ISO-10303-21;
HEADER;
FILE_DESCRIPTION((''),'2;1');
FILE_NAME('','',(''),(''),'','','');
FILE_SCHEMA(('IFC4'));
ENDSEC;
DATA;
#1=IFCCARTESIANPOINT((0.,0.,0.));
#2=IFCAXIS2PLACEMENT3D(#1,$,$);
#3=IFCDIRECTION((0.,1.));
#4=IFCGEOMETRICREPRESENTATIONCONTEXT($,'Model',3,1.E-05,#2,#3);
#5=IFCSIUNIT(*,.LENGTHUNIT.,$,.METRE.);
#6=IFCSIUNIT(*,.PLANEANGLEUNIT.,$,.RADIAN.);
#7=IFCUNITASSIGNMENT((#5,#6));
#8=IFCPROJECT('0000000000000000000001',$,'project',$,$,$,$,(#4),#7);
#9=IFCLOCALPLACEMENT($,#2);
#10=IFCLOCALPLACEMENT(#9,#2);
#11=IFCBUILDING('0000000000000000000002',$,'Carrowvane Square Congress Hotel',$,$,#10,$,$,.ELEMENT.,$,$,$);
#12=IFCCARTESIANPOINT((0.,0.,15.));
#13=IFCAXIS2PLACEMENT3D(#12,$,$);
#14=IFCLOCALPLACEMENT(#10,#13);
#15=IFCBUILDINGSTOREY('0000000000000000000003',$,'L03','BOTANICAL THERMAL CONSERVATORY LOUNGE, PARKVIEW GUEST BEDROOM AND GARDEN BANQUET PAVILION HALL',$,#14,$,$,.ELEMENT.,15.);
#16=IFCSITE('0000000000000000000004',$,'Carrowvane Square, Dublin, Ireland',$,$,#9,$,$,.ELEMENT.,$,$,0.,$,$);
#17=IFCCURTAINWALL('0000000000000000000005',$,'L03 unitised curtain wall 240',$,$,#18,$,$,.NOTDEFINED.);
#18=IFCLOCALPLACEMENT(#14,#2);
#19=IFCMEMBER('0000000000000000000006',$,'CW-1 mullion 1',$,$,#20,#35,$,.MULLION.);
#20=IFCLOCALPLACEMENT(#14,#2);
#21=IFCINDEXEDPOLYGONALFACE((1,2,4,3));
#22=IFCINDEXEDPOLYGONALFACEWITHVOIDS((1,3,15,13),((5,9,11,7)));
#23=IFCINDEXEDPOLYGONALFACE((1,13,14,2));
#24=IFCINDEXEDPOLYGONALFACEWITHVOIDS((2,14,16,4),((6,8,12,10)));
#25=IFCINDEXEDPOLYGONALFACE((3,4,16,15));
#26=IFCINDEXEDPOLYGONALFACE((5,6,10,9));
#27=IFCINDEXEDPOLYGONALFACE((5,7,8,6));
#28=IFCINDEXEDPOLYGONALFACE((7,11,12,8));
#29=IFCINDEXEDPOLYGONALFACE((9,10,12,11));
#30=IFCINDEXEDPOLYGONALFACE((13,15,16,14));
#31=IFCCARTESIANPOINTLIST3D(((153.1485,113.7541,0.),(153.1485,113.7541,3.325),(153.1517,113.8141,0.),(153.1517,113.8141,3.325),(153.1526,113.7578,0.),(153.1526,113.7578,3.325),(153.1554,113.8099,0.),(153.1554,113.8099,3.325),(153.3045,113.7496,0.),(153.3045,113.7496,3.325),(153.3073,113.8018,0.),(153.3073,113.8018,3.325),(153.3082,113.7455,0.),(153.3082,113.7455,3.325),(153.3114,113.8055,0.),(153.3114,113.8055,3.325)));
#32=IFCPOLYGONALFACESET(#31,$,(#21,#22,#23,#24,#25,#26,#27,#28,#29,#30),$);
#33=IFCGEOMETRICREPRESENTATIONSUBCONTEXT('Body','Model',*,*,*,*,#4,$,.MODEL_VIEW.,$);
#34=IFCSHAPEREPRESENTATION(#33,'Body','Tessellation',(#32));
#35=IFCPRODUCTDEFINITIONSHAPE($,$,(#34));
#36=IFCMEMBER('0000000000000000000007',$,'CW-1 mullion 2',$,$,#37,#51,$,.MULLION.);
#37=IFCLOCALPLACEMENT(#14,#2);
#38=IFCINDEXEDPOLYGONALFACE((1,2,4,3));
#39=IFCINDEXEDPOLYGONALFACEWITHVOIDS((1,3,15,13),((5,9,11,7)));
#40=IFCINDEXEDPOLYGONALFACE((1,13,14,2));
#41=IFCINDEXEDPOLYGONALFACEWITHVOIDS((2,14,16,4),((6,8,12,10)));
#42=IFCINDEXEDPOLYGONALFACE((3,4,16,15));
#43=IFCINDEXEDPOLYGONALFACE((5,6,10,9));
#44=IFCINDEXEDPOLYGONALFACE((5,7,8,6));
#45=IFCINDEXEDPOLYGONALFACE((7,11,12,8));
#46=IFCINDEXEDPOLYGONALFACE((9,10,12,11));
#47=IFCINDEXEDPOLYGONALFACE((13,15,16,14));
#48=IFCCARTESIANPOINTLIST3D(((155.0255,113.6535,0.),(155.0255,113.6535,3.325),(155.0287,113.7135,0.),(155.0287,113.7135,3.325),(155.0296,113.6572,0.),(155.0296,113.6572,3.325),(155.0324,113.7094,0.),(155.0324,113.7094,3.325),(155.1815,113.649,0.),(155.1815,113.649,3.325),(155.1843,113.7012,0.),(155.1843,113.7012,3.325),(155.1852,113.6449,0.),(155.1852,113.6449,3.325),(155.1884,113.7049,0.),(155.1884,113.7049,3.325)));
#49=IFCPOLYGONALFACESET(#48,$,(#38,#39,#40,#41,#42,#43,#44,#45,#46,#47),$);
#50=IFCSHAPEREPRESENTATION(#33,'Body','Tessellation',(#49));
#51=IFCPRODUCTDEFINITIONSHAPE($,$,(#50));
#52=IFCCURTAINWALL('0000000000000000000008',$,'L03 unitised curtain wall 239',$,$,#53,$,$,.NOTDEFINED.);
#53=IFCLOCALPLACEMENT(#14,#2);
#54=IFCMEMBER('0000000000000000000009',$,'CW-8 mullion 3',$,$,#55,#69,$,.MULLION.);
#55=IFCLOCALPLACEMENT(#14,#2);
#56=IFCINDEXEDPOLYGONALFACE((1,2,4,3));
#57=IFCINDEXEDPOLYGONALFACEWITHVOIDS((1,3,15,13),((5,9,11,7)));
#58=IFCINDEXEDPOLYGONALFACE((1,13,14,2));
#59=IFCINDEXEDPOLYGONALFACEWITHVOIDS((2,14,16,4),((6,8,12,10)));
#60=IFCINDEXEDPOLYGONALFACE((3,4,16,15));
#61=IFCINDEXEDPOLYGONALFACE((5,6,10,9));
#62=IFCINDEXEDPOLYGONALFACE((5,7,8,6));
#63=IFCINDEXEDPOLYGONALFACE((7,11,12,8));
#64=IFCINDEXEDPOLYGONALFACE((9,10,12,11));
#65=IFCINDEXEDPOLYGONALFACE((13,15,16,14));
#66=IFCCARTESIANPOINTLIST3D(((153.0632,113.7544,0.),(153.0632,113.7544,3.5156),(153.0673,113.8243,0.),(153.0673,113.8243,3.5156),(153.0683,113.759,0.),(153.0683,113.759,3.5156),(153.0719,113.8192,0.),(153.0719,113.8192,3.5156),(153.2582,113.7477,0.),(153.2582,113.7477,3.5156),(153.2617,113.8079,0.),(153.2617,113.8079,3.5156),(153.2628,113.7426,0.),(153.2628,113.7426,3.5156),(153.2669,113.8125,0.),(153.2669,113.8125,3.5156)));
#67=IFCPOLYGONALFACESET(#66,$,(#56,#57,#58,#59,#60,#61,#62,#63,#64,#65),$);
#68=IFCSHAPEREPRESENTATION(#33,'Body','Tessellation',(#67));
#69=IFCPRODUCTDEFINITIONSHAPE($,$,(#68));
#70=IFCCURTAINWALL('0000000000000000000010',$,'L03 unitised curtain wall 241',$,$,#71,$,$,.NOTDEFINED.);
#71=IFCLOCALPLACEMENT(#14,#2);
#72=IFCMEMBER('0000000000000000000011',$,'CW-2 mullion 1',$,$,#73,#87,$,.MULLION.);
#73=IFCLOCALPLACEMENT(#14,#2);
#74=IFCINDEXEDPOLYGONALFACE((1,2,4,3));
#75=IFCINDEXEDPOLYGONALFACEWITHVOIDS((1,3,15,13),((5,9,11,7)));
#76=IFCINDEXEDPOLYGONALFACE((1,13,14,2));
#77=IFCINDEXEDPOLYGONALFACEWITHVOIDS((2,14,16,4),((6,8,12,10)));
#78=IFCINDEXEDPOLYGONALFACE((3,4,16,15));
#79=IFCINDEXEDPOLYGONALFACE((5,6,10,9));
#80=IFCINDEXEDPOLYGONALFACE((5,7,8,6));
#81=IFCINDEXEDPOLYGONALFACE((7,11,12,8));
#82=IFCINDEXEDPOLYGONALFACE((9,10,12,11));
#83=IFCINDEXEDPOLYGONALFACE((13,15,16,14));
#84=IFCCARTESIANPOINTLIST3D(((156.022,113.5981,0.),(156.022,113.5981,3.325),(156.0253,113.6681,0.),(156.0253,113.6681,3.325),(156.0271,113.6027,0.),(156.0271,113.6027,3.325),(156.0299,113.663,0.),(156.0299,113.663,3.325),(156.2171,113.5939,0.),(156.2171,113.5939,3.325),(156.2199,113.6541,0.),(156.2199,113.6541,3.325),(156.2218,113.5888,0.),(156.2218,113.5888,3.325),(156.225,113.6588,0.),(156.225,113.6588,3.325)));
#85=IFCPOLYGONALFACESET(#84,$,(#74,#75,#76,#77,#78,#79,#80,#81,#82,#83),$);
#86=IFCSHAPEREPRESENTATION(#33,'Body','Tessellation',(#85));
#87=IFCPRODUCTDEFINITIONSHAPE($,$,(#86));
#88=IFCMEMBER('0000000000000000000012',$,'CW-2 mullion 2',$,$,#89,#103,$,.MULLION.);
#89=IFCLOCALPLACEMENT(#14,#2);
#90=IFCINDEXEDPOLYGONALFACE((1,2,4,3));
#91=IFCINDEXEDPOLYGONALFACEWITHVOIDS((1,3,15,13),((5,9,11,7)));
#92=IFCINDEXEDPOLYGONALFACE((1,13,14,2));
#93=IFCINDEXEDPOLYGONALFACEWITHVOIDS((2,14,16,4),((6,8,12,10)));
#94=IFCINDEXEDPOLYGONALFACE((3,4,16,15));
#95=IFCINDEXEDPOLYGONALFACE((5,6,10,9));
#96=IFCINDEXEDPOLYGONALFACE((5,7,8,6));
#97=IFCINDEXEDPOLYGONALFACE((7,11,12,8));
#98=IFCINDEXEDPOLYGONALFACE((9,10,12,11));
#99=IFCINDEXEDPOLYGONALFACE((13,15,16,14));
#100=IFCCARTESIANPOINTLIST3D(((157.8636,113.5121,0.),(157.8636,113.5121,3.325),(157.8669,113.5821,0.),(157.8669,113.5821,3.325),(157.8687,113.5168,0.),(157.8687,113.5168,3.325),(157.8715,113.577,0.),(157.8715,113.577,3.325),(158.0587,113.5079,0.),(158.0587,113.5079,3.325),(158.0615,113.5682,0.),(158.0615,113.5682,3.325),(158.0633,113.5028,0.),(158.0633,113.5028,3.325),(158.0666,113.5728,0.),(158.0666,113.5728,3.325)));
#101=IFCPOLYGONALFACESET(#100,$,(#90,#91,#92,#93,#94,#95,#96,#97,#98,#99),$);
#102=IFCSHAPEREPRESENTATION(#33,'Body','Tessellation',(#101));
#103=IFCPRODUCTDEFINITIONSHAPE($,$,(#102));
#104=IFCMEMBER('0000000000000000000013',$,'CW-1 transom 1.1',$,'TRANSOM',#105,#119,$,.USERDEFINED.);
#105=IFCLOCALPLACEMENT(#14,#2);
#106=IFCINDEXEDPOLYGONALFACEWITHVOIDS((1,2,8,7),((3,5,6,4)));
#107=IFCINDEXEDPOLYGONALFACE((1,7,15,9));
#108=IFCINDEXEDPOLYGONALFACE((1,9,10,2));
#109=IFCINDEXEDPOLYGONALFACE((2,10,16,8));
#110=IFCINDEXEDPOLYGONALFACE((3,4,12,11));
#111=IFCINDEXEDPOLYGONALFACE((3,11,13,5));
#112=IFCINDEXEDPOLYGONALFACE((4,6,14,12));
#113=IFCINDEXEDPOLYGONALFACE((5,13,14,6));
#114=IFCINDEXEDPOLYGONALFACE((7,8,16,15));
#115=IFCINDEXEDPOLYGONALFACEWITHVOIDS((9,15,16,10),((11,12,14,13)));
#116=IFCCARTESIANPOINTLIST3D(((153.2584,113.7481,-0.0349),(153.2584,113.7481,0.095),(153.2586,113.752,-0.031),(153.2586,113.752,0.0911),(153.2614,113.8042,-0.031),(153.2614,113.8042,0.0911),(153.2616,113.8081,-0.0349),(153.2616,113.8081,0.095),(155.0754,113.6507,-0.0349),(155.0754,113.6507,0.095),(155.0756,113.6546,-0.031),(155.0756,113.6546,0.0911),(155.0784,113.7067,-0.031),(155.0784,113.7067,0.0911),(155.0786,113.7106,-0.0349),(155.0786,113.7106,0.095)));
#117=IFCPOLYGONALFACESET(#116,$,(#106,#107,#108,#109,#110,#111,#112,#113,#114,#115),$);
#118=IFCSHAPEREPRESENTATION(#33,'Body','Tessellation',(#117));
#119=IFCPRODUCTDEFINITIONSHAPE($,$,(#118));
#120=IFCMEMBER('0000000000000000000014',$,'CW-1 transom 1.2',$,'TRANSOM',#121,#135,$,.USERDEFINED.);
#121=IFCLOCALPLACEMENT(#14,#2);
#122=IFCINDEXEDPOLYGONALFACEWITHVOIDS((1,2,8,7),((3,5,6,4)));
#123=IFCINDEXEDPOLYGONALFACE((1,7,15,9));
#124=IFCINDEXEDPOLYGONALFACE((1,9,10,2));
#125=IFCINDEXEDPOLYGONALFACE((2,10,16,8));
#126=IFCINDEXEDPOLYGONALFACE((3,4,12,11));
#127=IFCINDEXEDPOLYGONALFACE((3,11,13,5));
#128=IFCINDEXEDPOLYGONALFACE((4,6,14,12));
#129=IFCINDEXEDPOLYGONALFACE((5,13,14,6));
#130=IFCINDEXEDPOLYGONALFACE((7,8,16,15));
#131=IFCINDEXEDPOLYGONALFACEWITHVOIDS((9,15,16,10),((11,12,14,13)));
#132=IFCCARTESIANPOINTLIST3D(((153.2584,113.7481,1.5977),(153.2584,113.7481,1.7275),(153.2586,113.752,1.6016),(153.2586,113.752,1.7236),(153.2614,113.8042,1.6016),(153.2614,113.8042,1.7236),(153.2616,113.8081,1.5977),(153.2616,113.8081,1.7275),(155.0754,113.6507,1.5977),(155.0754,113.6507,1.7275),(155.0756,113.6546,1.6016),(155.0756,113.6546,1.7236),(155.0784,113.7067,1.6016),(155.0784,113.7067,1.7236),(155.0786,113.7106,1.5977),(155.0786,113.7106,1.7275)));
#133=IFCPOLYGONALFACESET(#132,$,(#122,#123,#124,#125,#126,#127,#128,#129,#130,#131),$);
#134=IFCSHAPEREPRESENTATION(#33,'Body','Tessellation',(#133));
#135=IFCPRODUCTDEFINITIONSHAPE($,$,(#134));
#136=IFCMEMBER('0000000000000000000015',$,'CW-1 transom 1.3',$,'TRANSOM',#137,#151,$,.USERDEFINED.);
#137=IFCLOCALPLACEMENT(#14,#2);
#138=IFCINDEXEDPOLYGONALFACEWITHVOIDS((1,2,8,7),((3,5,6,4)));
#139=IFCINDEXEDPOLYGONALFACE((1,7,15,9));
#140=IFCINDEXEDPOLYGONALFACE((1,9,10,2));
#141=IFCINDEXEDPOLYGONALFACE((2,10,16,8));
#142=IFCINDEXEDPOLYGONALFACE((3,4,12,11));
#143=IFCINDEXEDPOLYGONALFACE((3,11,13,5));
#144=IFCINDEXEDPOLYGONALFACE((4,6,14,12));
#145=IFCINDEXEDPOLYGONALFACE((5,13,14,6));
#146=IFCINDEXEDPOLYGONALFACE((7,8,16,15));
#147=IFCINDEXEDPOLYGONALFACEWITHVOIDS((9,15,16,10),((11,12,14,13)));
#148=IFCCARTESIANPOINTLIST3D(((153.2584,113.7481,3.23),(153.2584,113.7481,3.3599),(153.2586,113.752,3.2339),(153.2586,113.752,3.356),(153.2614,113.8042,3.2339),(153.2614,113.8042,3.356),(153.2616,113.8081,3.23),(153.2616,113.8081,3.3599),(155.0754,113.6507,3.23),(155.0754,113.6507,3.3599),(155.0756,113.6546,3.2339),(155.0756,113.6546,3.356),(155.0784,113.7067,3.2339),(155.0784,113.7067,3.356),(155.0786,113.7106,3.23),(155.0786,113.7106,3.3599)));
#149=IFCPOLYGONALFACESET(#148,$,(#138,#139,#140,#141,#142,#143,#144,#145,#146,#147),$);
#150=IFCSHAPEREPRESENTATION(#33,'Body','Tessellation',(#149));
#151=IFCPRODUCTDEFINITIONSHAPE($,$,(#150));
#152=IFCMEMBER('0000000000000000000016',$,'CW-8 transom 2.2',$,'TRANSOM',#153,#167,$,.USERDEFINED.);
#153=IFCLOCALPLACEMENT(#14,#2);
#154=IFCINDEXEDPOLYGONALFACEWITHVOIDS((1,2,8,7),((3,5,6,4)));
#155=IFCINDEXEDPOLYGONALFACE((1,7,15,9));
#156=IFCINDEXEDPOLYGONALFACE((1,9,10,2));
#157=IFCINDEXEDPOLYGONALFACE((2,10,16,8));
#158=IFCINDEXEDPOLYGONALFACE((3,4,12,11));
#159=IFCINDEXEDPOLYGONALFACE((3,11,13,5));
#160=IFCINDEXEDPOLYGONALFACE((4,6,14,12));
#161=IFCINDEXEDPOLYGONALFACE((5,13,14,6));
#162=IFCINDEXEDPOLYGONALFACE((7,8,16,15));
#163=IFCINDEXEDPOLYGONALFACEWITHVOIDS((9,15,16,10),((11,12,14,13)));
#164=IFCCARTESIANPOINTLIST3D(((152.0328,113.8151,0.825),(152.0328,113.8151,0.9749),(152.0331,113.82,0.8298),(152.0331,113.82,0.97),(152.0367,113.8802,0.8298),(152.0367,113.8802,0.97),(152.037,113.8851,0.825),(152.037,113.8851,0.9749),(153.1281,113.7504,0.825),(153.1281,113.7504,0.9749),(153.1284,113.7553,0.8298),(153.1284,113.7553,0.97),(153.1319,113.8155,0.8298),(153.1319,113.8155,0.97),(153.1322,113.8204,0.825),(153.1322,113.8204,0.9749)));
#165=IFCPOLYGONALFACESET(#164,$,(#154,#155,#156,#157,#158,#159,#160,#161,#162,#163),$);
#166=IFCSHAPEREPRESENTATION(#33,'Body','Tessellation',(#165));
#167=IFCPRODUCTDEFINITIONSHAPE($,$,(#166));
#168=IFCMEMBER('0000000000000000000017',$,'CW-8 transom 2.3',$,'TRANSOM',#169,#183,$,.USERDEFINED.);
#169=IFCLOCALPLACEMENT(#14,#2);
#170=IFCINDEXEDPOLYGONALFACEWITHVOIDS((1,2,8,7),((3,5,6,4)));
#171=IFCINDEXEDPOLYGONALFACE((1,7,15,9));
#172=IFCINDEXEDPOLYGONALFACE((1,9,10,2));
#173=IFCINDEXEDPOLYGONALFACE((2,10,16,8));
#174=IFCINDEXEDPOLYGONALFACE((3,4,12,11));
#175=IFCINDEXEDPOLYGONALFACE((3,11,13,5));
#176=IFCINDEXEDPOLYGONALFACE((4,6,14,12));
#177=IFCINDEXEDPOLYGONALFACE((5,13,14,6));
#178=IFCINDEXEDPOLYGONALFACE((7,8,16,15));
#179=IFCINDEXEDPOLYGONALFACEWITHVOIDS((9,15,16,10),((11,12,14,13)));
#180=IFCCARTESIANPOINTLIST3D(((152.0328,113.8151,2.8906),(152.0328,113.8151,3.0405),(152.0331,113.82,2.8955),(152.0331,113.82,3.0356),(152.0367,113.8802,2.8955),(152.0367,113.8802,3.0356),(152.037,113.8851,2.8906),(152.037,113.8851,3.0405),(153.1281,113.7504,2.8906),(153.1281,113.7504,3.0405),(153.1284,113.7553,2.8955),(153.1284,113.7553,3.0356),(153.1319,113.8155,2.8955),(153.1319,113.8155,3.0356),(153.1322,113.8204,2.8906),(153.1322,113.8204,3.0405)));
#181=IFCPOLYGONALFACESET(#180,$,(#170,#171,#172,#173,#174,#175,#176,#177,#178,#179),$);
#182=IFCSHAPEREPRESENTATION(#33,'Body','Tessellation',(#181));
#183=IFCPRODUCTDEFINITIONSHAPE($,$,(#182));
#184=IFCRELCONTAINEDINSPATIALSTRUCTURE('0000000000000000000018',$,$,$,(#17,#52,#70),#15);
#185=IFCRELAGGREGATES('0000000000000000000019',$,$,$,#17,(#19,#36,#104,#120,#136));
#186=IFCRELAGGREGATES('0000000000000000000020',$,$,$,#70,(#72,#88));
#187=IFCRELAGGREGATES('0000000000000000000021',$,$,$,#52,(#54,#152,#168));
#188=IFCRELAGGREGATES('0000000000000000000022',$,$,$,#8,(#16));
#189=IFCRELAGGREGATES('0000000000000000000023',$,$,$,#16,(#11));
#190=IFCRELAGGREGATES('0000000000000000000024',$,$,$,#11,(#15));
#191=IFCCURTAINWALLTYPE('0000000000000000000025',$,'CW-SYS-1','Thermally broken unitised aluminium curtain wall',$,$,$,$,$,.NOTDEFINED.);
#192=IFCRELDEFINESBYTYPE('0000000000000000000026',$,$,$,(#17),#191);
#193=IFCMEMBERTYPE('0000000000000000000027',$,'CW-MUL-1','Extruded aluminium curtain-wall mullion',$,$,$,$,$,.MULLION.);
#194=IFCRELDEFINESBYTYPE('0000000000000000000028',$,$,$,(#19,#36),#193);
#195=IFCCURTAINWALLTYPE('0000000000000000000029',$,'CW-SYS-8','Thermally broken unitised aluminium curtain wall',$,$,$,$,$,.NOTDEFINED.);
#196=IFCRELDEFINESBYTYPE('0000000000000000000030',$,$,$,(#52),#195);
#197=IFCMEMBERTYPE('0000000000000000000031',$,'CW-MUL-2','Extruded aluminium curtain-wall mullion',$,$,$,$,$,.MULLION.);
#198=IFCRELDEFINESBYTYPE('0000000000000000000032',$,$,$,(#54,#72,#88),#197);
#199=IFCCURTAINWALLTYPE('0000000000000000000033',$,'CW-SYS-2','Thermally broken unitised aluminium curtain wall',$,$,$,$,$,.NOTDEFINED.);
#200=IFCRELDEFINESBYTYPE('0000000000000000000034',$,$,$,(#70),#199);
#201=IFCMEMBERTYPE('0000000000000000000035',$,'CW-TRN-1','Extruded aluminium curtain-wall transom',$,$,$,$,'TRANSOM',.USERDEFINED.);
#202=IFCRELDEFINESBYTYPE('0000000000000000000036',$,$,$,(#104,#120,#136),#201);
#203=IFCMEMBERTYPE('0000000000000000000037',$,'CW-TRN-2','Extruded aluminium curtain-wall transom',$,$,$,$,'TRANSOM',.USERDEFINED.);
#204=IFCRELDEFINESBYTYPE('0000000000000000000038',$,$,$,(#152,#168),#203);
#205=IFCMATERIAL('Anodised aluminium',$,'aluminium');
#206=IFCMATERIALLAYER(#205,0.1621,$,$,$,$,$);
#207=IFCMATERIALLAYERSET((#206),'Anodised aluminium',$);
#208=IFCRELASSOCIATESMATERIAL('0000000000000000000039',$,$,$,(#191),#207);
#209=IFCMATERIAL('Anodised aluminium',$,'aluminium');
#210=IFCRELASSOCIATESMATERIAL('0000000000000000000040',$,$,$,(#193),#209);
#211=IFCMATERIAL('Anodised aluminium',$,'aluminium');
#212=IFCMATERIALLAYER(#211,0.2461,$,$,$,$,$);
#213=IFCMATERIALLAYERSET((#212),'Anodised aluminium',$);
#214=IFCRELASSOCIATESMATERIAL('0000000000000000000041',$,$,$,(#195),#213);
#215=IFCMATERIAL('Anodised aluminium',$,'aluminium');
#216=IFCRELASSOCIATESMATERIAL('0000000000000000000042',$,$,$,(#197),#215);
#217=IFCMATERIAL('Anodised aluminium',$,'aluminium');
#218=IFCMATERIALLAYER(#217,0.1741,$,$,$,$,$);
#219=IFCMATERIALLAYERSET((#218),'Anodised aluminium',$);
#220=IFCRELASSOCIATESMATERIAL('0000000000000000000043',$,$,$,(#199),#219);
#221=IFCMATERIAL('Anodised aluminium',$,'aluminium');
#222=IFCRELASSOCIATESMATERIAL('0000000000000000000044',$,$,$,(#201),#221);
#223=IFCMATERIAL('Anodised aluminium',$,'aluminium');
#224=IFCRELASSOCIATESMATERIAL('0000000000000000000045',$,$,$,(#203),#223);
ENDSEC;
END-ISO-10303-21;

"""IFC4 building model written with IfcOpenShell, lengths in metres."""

from ifc_helpers import new_model, si_unit, direction, frame, origin, origin_2d, place, context, subcontext, project, spatial, hollow_rectangle, extrude, material, layer, layer_set, material_profile, profile_set, type_object, element, aggregate, save


model = new_model("IFC4")

# Units and contexts
model_context = context("Model", 3, precision=1e-05, world=origin(), true_north=direction((0.0, 1.0)))
body_context = subcontext(model_context, "Body", "Model", "MODEL_VIEW")
ifc_project = project(units=[si_unit("LENGTHUNIT", "METRE"), si_unit("PLANEANGLEUNIT", "RADIAN")], contexts=[model_context])

# Site, building, storey
site_placement = place(None, origin())
site = spatial("IfcSite", under=ifc_project, at=site_placement, Name="Carrowvane Square, Dublin, Ireland", CompositionType="ELEMENT", RefElevation=0.0)
building_placement = place(site_placement, origin())
building = spatial("IfcBuilding", under=site, at=building_placement, Name="Carrowvane Square Congress Hotel", CompositionType="ELEMENT")
storey_placement = place(building_placement, frame((0.0, 0.0, 15.0)))
storey = spatial("IfcBuildingStorey", under=building, at=storey_placement, Name="L03", Description="BOTANICAL THERMAL CONSERVATORY LOUNGE, PARKVIEW GUEST BEDROOM AND GARDEN BANQUET PAVILION HALL", CompositionType="ELEMENT", Elevation=15.0)

# Curtain wall, members
ifc_material_1 = material(Name="Anodised aluminium", Category="aluminium")
ifc_layer_1 = layer(ifc_material_1, 0.1621)
ifc_layer_set_1 = layer_set([ifc_layer_1], Name="Anodised aluminium")
curtain_wall_type_1 = type_object("IfcCurtainWallType", Name="CW-SYS-1", Description="Thermally broken unitised aluminium curtain wall", PredefinedType="NOTDEFINED", material=ifc_layer_set_1)
curtain_wall_1_placement = place(storey_placement, origin())
curtain_wall_1 = element("IfcCurtainWall", 1, at=curtain_wall_1_placement, inside=storey, type_object=curtain_wall_type_1, Name="L03 unitised curtain wall 240", PredefinedType="NOTDEFINED")
ifc_material_2 = material(Name="Anodised aluminium", Category="aluminium")
ifc_material_profile_1 = material_profile(ifc_material_2, hollow_rectangle(XDim=0.0601, YDim=0.1599, WallThickness=0.0039, at=origin_2d()), Name="CW-ML 60x160x4")
ifc_profile_set_1 = profile_set([ifc_material_profile_1], Name="Anodised aluminium")
member_type_1 = type_object("IfcMemberType", Name="CW-MUL-1", Description="Extruded aluminium curtain-wall mullion", PredefinedType="MULLION", material=ifc_profile_set_1)
member_1_placement = place(storey_placement, frame((153.23, 113.7798, 0.0), z_axis=(0.0, 0.0, 1.0), x_axis=(0.053516, 0.998567, 0.0)))
member_1 = element("IfcMember", 2, at=member_1_placement, type_object=member_type_1, Name="CW-1 mullion 1", PredefinedType="MULLION", context=body_context, shape_type="SweptSolid", body=[
    extrude(hollow_rectangle(XDim=0.0601, YDim=0.1599, WallThickness=0.0039, at=origin_2d()), origin(), (0.0, 0.0, 1.0), 3.325),
])
member_2_placement = place(storey_placement, frame((155.1069, 113.6792, 0.0), z_axis=(0.0, 0.0, 1.0), x_axis=(0.053516, 0.998567, 0.0)))
member_2 = element("IfcMember", 3, at=member_2_placement, type_object=member_type_1, Name="CW-1 mullion 2", PredefinedType="MULLION", context=body_context, shape_type="SweptSolid", body=[
    extrude(hollow_rectangle(XDim=0.0601, YDim=0.1599, WallThickness=0.0039, at=origin_2d()), origin(), (0.0, 0.0, 1.0), 3.325),
])

# Curtain wall, member
ifc_material_3 = material(Name="Anodised aluminium", Category="aluminium")
ifc_layer_2 = layer(ifc_material_3, 0.2461)
ifc_layer_set_2 = layer_set([ifc_layer_2], Name="Anodised aluminium")
curtain_wall_type_2 = type_object("IfcCurtainWallType", Name="CW-SYS-8", Description="Thermally broken unitised aluminium curtain wall", PredefinedType="NOTDEFINED", material=ifc_layer_set_2)
curtain_wall_2_placement = place(storey_placement, origin())
curtain_wall_2 = element("IfcCurtainWall", 4, at=curtain_wall_2_placement, inside=storey, type_object=curtain_wall_type_2, Name="L03 unitised curtain wall 239", PredefinedType="NOTDEFINED")
ifc_material_4 = material(Name="Anodised aluminium", Category="aluminium")
ifc_material_profile_2 = material_profile(ifc_material_4, hollow_rectangle(XDim=0.0701, YDim=0.2, WallThickness=0.0049, at=origin_2d()), Name="CW-ML 70x200x5")
ifc_profile_set_2 = profile_set([ifc_material_profile_2], Name="Anodised aluminium")
member_type_2 = type_object("IfcMemberType", Name="CW-MUL-2", Description="Extruded aluminium curtain-wall mullion", PredefinedType="MULLION", material=ifc_profile_set_2)
member_3_placement = place(storey_placement, frame((153.165, 113.7834, 0.0), z_axis=(0.0, 0.0, 1.0), x_axis=(0.058989, 0.998259, 0.0)))
member_3 = element("IfcMember", 5, at=member_3_placement, type_object=member_type_2, Name="CW-8 mullion 3", PredefinedType="MULLION", context=body_context, shape_type="SweptSolid", body=[
    extrude(hollow_rectangle(XDim=0.0701, YDim=0.2, WallThickness=0.0049, at=origin_2d()), origin(), (0.0, 0.0, 1.0), 3.5156),
])

# Curtain wall, members
ifc_material_5 = material(Name="Anodised aluminium", Category="aluminium")
ifc_layer_3 = layer(ifc_material_5, 0.1741)
ifc_layer_set_3 = layer_set([ifc_layer_3], Name="Anodised aluminium")
curtain_wall_type_3 = type_object("IfcCurtainWallType", Name="CW-SYS-2", Description="Thermally broken unitised aluminium curtain wall", PredefinedType="NOTDEFINED", material=ifc_layer_set_3)
curtain_wall_3_placement = place(storey_placement, origin())
curtain_wall_3 = element("IfcCurtainWall", 6, at=curtain_wall_3_placement, inside=storey, type_object=curtain_wall_type_3, Name="L03 unitised curtain wall 241", PredefinedType="NOTDEFINED")
member_4_placement = place(storey_placement, frame((156.1235, 113.6284, 0.0), z_axis=(0.0, 0.0, 1.0), x_axis=(0.046522, 0.998917, 0.0)))
member_4 = element("IfcMember", 7, at=member_4_placement, type_object=member_type_2, Name="CW-2 mullion 1", PredefinedType="MULLION", context=body_context, shape_type="SweptSolid", body=[
    extrude(hollow_rectangle(XDim=0.0701, YDim=0.2, WallThickness=0.0049, at=origin_2d()), origin(), (0.0, 0.0, 1.0), 3.325),
])
member_5_placement = place(storey_placement, frame((157.9651, 113.5425, 0.0), z_axis=(0.0, 0.0, 1.0), x_axis=(0.046522, 0.998917, 0.0)))
member_5 = element("IfcMember", 8, at=member_5_placement, type_object=member_type_2, Name="CW-2 mullion 2", PredefinedType="MULLION", context=body_context, shape_type="SweptSolid", body=[
    extrude(hollow_rectangle(XDim=0.0701, YDim=0.2, WallThickness=0.0049, at=origin_2d()), origin(), (0.0, 0.0, 1.0), 3.325),
])

# Members
ifc_material_6 = material(Name="Anodised aluminium", Category="aluminium")
ifc_material_profile_3 = material_profile(ifc_material_6, hollow_rectangle(XDim=0.0601, YDim=0.1299, WallThickness=0.0039, at=origin_2d()), Name="CW-TR 60x130x4")
ifc_profile_set_3 = profile_set([ifc_material_profile_3], Name="Anodised aluminium")
member_type_3 = type_object("IfcMemberType", Name="CW-TRN-1", Description="Extruded aluminium curtain-wall transom", ElementType="TRANSOM", PredefinedType="USERDEFINED", material=ifc_profile_set_3)
member_6_placement = place(storey_placement, frame((153.26, 113.7781, 0.03), z_axis=(0.998566, -0.053538, 0.0), x_axis=(0.053538, 0.998566, 0.0)))
member_6 = element("IfcMember", 9, at=member_6_placement, type_object=member_type_3, Name="CW-1 transom 1.1", ObjectType="TRANSOM", PredefinedType="USERDEFINED", context=body_context, shape_type="SweptSolid", body=[
    extrude(hollow_rectangle(XDim=0.0601, YDim=0.1299, WallThickness=0.0039, at=origin_2d()), origin(), (0.0, 0.0, 1.0), 1.8196),
])
member_7_placement = place(storey_placement, frame((153.26, 113.7781, 1.6626), z_axis=(0.998566, -0.053538, 0.0), x_axis=(0.053538, 0.998566, 0.0)))
member_7 = element("IfcMember", 10, at=member_7_placement, type_object=member_type_3, Name="CW-1 transom 1.2", ObjectType="TRANSOM", PredefinedType="USERDEFINED", context=body_context, shape_type="SweptSolid", body=[
    extrude(hollow_rectangle(XDim=0.0601, YDim=0.1299, WallThickness=0.0039, at=origin_2d()), origin(), (0.0, 0.0, 1.0), 1.8196),
])
member_8_placement = place(storey_placement, frame((153.26, 113.7781, 3.2949), z_axis=(0.998566, -0.053538, 0.0), x_axis=(0.053538, 0.998566, 0.0)))
member_8 = element("IfcMember", 11, at=member_8_placement, type_object=member_type_3, Name="CW-1 transom 1.3", ObjectType="TRANSOM", PredefinedType="USERDEFINED", context=body_context, shape_type="SweptSolid", body=[
    extrude(hollow_rectangle(XDim=0.0601, YDim=0.1299, WallThickness=0.0039, at=origin_2d()), origin(), (0.0, 0.0, 1.0), 1.8196),
])
ifc_material_7 = material(Name="Anodised aluminium", Category="aluminium")
ifc_material_profile_4 = material_profile(ifc_material_7, hollow_rectangle(XDim=0.0701, YDim=0.1499, WallThickness=0.0049, at=origin_2d()), Name="CW-TR 70x150x5")
ifc_profile_set_4 = profile_set([ifc_material_profile_4], Name="Anodised aluminium")
member_type_4 = type_object("IfcMemberType", Name="CW-TRN-2", Description="Extruded aluminium curtain-wall transom", ElementType="TRANSOM", PredefinedType="USERDEFINED", material=ifc_profile_set_4)
member_9_placement = place(storey_placement, frame((152.0349, 113.8501, 0.8999), z_axis=(0.99826, -0.05897, 0.0), x_axis=(0.05897, 0.99826, 0.0)))
member_9 = element("IfcMember", 12, at=member_9_placement, type_object=member_type_4, Name="CW-8 transom 2.2", ObjectType="TRANSOM", PredefinedType="USERDEFINED", context=body_context, shape_type="SweptSolid", body=[
    extrude(hollow_rectangle(XDim=0.0701, YDim=0.1499, WallThickness=0.0049, at=origin_2d()), origin(), (0.0, 0.0, 1.0), 1.0972),
])
member_10_placement = place(storey_placement, frame((152.0349, 113.8501, 2.9656), z_axis=(0.99826, -0.05897, 0.0), x_axis=(0.05897, 0.99826, 0.0)))
member_10 = element("IfcMember", 13, at=member_10_placement, type_object=member_type_4, Name="CW-8 transom 2.3", ObjectType="TRANSOM", PredefinedType="USERDEFINED", context=body_context, shape_type="SweptSolid", body=[
    extrude(hollow_rectangle(XDim=0.0701, YDim=0.1499, WallThickness=0.0049, at=origin_2d()), origin(), (0.0, 0.0, 1.0), 1.0972),
])

aggregate(curtain_wall_1, [member_1, member_2, member_6, member_7, member_8])
aggregate(curtain_wall_3, [member_4, member_5])
aggregate(curtain_wall_2, [member_3, member_9, member_10])

save(model, "model.ifc")
